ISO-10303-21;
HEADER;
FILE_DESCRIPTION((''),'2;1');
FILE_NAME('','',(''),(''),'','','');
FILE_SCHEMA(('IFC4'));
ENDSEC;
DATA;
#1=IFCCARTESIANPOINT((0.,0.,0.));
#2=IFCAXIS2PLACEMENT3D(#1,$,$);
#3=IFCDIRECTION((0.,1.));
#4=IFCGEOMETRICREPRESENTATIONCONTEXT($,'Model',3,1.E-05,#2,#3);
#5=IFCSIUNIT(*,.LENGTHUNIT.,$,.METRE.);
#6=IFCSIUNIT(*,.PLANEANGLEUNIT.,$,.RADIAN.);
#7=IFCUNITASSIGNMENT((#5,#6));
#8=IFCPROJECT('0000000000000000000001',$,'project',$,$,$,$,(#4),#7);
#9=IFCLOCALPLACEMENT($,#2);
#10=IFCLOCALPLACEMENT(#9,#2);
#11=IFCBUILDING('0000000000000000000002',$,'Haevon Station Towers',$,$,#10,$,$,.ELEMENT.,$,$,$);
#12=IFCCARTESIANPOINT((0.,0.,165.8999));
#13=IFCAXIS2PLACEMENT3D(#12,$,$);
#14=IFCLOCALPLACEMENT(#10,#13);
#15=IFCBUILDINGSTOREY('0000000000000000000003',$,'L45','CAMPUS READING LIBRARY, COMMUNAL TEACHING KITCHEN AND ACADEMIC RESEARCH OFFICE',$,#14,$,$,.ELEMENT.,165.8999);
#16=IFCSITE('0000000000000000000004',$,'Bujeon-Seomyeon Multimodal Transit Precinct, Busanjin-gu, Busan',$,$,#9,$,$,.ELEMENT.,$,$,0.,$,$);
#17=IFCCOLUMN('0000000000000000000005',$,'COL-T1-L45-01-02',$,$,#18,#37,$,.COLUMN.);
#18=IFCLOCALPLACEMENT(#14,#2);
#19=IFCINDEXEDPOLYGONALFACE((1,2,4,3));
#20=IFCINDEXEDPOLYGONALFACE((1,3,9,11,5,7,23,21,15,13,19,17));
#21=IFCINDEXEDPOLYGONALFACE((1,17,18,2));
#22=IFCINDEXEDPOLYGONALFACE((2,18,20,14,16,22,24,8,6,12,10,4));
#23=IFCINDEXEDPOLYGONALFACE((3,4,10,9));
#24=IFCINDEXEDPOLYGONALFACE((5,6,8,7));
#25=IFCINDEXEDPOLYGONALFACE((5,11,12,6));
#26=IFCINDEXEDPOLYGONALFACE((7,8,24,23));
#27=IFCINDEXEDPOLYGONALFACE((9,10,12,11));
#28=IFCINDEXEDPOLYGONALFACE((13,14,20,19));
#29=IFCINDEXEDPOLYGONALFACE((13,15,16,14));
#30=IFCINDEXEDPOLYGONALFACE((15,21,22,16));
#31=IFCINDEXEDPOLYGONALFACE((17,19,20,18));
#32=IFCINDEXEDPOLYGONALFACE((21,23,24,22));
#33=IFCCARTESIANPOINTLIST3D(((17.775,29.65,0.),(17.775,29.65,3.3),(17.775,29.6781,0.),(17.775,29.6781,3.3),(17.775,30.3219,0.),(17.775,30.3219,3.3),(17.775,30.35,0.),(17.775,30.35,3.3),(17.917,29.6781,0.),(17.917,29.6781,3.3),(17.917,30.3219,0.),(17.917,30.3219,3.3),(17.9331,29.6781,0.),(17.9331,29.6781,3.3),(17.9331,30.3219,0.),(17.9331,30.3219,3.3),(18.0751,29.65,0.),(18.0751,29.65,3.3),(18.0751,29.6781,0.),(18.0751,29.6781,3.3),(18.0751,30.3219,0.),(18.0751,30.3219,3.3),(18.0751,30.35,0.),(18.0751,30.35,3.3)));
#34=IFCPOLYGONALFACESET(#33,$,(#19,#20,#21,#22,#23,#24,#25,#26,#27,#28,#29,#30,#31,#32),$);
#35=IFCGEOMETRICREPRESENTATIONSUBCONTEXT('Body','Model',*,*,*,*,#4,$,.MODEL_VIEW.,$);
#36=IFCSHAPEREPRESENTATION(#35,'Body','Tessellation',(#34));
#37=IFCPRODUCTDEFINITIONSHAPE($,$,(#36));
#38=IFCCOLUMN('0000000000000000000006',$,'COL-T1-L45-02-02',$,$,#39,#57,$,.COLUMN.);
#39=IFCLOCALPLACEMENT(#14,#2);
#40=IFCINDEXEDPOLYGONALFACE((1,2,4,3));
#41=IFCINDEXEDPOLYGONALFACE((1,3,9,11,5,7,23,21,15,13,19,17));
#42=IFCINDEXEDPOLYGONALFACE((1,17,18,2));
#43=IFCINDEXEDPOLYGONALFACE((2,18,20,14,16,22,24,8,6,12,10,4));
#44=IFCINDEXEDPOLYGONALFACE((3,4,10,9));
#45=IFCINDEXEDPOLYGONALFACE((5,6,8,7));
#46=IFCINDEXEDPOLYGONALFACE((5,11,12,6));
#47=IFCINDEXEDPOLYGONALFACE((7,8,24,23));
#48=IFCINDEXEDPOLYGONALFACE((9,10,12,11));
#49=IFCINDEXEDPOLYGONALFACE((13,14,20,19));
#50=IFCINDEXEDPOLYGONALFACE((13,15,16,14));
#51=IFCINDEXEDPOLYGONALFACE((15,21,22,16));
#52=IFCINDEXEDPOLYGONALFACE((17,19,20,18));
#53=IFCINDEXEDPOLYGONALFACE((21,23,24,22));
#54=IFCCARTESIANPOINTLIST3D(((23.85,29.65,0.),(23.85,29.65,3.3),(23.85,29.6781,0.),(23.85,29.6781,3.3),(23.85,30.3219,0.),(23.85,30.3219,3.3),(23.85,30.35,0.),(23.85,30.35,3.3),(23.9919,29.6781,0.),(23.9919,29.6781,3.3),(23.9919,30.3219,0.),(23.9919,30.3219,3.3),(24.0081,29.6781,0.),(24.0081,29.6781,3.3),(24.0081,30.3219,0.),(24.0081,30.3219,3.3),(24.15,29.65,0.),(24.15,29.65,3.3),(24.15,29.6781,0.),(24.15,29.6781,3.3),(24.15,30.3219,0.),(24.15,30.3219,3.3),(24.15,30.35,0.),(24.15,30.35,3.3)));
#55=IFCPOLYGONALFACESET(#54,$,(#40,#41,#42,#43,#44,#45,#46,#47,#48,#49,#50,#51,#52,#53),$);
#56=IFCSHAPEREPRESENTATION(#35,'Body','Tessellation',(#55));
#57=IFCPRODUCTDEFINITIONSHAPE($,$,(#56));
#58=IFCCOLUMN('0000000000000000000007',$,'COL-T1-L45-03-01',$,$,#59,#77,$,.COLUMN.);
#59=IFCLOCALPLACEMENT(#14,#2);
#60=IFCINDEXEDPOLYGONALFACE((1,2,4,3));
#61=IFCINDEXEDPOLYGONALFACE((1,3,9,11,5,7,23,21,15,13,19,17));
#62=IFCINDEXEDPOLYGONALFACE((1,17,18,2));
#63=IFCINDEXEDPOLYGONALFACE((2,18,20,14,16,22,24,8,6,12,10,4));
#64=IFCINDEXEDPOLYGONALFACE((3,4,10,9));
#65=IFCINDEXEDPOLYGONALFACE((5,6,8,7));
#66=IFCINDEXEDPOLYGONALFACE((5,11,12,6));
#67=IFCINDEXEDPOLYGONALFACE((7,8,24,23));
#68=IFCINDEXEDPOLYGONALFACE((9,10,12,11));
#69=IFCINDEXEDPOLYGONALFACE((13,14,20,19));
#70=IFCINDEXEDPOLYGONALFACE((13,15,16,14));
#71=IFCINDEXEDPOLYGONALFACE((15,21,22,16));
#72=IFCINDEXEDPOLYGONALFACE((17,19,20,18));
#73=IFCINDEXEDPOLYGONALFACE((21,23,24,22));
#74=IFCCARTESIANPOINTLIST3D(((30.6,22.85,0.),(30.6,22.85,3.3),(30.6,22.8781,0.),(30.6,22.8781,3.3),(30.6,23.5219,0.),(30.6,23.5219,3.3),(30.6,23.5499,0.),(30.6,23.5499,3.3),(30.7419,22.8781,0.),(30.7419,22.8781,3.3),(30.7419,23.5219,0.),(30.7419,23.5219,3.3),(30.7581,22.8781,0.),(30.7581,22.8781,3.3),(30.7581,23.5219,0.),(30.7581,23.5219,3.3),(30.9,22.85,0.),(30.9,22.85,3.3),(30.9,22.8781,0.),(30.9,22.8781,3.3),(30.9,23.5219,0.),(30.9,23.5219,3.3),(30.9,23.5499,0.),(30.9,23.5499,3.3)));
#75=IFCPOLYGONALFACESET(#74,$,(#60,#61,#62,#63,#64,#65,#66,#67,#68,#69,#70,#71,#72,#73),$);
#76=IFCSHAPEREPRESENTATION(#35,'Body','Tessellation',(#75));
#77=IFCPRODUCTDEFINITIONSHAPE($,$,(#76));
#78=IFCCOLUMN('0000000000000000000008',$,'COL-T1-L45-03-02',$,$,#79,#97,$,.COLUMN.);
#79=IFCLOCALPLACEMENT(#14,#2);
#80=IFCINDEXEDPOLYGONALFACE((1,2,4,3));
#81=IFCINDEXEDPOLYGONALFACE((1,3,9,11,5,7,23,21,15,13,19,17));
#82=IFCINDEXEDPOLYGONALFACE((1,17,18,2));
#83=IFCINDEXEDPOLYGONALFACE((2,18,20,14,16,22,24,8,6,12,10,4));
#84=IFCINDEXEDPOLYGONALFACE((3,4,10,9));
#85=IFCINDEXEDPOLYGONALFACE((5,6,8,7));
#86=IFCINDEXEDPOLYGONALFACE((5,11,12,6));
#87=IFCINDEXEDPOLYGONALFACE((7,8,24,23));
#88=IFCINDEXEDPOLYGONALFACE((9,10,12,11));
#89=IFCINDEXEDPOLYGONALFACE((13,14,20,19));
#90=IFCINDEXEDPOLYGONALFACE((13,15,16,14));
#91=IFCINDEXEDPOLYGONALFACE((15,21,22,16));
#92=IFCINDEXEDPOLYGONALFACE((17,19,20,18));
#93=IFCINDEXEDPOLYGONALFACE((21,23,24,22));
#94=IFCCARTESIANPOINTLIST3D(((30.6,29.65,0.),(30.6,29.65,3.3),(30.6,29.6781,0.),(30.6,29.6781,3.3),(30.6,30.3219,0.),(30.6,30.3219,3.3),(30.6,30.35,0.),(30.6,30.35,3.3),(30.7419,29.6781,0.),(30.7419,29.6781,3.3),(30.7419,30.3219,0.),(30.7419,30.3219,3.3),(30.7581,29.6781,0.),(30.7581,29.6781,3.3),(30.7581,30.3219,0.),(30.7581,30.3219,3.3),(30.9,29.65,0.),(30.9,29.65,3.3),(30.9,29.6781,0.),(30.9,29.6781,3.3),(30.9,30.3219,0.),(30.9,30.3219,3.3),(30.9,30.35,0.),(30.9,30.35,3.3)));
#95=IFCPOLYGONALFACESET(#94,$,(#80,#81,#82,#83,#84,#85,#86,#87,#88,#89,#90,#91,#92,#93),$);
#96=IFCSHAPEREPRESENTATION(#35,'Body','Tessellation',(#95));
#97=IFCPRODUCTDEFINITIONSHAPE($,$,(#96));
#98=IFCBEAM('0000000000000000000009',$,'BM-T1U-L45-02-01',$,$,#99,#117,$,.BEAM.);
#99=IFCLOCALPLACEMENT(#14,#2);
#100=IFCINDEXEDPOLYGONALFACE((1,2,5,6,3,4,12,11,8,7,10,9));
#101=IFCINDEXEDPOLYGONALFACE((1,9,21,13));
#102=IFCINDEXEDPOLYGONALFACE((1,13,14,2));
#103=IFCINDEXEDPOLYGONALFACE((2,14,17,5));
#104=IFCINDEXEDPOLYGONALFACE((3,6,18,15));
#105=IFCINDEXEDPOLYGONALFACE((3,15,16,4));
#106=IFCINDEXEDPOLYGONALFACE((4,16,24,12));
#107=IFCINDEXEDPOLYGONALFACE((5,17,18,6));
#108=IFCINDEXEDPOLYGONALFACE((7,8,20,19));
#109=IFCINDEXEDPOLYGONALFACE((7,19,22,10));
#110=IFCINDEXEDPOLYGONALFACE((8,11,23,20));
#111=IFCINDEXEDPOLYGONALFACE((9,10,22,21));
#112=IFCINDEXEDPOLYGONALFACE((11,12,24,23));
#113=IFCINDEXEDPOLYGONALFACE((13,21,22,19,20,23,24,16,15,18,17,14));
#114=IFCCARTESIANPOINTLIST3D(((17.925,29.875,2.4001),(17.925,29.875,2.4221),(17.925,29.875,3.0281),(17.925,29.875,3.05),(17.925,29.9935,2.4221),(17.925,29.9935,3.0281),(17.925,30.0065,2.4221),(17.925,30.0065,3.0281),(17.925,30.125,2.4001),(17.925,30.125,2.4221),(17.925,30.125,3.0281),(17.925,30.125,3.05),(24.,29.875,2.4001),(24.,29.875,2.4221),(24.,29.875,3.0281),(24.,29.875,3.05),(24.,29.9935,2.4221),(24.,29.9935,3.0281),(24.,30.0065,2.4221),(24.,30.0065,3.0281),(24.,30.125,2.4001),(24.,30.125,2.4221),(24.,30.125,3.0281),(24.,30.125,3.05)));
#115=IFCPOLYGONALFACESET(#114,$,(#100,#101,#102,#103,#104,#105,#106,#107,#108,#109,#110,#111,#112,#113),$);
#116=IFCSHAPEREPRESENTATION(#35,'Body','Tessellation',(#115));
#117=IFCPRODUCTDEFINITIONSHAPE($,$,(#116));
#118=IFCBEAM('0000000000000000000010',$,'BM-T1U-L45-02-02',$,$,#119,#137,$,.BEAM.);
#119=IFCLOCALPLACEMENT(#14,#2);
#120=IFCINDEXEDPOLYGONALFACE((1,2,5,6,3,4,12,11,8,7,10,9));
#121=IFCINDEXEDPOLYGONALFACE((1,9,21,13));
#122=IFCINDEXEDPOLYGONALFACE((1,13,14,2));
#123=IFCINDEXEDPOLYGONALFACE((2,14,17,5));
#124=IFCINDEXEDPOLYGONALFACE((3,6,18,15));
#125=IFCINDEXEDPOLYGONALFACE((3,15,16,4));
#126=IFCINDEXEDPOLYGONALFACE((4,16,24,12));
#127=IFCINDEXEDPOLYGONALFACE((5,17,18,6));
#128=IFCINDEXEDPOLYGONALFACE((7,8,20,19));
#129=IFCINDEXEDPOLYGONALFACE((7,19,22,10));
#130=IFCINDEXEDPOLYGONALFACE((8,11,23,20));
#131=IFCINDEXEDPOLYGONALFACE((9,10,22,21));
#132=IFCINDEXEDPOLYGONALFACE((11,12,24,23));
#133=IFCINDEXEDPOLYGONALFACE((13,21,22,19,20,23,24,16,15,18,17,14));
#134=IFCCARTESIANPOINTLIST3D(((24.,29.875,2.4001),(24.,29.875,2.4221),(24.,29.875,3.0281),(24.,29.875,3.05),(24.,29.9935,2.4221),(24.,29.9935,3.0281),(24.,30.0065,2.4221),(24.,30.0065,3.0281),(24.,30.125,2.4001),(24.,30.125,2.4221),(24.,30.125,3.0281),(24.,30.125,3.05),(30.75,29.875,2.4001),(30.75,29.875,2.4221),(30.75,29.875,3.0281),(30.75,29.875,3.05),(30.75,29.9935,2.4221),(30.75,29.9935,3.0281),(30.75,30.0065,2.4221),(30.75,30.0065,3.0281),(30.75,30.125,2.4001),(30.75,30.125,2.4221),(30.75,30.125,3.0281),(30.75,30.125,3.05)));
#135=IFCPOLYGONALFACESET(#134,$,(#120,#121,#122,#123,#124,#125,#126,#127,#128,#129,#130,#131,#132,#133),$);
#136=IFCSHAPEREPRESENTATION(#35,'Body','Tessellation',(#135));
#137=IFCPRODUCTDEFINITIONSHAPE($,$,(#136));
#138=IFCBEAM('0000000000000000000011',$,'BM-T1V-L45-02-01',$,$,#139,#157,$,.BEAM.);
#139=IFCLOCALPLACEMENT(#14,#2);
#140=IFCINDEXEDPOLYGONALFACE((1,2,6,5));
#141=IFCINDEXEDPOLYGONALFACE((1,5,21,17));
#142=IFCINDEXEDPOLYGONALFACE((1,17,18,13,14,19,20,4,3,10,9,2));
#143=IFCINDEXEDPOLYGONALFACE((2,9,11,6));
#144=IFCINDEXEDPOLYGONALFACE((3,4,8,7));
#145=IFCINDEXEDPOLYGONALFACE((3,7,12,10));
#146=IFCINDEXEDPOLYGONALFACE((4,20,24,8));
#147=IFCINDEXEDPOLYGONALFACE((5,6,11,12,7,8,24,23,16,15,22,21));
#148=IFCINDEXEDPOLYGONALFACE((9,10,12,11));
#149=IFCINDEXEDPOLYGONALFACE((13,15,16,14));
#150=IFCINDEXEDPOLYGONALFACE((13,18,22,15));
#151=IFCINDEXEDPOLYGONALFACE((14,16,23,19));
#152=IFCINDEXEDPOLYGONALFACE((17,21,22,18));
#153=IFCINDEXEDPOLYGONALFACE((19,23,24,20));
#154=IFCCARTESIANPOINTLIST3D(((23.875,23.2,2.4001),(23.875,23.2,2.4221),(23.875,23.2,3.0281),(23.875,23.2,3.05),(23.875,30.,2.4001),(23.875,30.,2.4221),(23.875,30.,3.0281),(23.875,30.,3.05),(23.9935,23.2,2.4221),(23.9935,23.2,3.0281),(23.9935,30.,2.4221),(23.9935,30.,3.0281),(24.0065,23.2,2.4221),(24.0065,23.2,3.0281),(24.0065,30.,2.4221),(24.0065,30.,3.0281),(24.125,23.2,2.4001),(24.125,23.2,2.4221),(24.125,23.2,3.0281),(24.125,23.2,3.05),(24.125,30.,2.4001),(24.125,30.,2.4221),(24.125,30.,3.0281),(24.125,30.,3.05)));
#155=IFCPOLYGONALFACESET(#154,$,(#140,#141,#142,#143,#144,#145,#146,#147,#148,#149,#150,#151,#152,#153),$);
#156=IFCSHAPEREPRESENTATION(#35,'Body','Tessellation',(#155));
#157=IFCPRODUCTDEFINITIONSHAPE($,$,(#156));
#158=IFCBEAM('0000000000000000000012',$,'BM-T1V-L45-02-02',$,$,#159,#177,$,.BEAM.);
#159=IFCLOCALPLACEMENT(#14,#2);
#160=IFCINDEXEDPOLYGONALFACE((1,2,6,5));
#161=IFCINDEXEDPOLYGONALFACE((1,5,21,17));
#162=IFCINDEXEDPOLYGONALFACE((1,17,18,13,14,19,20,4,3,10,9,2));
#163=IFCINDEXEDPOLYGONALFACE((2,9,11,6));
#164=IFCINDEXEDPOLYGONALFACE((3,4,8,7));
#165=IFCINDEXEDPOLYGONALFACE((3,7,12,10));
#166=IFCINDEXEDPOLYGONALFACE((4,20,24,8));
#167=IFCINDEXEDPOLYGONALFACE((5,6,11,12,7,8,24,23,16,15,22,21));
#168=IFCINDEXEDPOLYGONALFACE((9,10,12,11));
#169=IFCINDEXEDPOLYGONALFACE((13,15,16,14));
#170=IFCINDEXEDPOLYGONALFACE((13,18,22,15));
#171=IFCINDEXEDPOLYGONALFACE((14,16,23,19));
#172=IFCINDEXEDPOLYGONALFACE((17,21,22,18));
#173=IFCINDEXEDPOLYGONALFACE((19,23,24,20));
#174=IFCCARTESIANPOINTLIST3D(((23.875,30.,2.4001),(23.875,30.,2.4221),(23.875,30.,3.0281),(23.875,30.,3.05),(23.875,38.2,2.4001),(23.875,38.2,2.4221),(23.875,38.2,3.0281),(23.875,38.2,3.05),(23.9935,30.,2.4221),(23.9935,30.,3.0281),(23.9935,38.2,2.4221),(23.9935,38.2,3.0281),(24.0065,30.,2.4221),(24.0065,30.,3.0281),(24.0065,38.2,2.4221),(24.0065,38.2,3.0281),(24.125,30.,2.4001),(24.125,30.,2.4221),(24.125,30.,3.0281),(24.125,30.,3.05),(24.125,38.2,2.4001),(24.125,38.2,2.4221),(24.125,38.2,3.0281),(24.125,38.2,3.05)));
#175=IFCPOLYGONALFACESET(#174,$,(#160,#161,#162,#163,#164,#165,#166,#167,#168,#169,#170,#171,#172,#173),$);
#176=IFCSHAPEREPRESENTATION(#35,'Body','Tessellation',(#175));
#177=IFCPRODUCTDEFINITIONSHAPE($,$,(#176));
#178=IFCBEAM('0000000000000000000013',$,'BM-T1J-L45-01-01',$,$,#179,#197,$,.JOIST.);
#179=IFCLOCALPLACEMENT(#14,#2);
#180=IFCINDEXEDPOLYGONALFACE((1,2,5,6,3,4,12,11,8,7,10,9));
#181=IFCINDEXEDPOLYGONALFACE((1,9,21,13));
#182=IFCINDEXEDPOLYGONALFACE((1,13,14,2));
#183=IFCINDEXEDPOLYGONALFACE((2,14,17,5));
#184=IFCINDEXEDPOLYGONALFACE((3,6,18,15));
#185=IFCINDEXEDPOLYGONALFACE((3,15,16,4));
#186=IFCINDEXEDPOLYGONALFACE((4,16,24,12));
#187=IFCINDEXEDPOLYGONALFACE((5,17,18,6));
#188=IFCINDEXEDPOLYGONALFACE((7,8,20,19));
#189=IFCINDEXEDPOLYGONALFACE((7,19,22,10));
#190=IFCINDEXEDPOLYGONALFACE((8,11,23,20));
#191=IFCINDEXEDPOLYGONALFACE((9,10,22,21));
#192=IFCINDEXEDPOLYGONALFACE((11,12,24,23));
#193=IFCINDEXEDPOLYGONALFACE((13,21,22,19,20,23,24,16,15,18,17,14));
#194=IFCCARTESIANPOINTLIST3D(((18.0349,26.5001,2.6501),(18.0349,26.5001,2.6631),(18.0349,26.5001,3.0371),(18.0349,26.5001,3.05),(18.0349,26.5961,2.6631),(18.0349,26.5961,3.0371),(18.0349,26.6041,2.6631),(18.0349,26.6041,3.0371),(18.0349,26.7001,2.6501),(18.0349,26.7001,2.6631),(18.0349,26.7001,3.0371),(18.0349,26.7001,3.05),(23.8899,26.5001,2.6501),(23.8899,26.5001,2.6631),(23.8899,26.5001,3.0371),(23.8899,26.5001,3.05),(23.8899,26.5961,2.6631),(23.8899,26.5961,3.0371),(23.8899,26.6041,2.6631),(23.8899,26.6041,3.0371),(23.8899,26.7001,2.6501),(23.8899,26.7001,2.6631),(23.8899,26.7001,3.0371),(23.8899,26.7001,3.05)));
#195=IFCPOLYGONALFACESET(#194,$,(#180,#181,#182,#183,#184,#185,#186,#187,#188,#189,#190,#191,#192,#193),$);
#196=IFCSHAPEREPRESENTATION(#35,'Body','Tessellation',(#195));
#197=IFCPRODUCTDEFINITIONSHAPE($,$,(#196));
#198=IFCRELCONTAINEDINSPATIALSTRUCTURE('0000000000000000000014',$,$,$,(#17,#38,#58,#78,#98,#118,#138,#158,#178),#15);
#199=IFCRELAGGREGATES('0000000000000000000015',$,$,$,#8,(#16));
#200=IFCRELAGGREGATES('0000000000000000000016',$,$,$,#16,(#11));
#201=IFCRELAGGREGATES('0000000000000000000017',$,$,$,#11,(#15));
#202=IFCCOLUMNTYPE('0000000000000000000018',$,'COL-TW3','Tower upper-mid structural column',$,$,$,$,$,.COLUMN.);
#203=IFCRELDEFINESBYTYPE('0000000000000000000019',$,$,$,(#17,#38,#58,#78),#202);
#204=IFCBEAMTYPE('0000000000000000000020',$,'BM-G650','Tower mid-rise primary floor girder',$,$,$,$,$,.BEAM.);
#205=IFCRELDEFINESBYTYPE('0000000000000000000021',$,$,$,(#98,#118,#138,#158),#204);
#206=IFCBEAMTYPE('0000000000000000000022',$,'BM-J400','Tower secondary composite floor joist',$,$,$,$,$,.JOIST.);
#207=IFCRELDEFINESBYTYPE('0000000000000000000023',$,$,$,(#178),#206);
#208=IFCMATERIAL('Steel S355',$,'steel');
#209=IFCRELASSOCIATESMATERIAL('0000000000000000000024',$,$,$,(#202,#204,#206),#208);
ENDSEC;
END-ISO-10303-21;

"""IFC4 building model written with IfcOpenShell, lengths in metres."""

from ifc_helpers import new_model, si_unit, direction, frame, origin, origin_2d, place, context, subcontext, project, spatial, i_section, extrude, material, material_profile, profile_set, type_object, element, save


model = new_model("IFC4")

# Units and contexts
model_context = context("Model", 3, precision=1e-05, world=origin(), true_north=direction((0.0, 1.0)))
body_context = subcontext(model_context, "Body", "Model", "MODEL_VIEW")
ifc_project = project(units=[si_unit("LENGTHUNIT", "METRE"), si_unit("PLANEANGLEUNIT", "RADIAN")], contexts=[model_context])

# Site, building, storey
site_placement = place(None, origin())
site = spatial("IfcSite", under=ifc_project, at=site_placement, Name="Bujeon-Seomyeon Multimodal Transit Precinct, Busanjin-gu, Busan", CompositionType="ELEMENT", RefElevation=0.0)
building_placement = place(site_placement, origin())
building = spatial("IfcBuilding", under=site, at=building_placement, Name="Haevon Station Towers", CompositionType="ELEMENT")
storey_placement = place(building_placement, frame((0.0, 0.0, 165.8999)))
storey = spatial("IfcBuildingStorey", under=building, at=storey_placement, Name="L45", Description="CAMPUS READING LIBRARY, COMMUNAL TEACHING KITCHEN AND ACADEMIC RESEARCH OFFICE", CompositionType="ELEMENT", Elevation=165.8999)

# Columns
ifc_material_1 = material(Name="Steel S355", Category="steel")
ifc_material_profile_1 = material_profile(ifc_material_1, i_section(OverallWidth=0.3, OverallDepth=0.7, WebThickness=0.0161, FlangeThickness=0.0281, at=origin_2d()), Name="H-700x300x16x28")
ifc_profile_set_1 = profile_set([ifc_material_profile_1], Name="Steel S355")
column_type = type_object("IfcColumnType", Name="COL-TW3", Description="Tower upper-mid structural column", PredefinedType="COLUMN", material=ifc_profile_set_1)
for number, where, z_axis, x_axis, name in (
    (1, (17.925, 30.0, 0.0), (0.0, 0.0, 1.0), (1.0, 0.0, 0.0), "COL-T1-L45-01-02"),
    (2, (24.0, 30.0, 0.0), (0.0, 0.0, 1.0), (1.0, 0.0, 0.0), "COL-T1-L45-02-02"),
    (3, (30.75, 23.2, 0.0), (0.0, 0.0, 1.0), (1.0, 0.0, 0.0), "COL-T1-L45-03-01"),
    (4, (30.75, 30.0, 0.0), (0.0, 0.0, 1.0), (1.0, 0.0, 0.0), "COL-T1-L45-03-02"),
):
    element("IfcColumn", number, at=place(storey_placement, frame(where, z_axis=z_axis, x_axis=x_axis)), inside=storey, type_object=column_type, Name=name, PredefinedType="COLUMN", context=body_context, shape_type="SweptSolid", body=[
        extrude(i_section(OverallWidth=0.3, OverallDepth=0.7, WebThickness=0.0161, FlangeThickness=0.0281, at=origin_2d()), origin(), (0.0, 0.0, 1.0), 3.3),
    ])

# Beams
ifc_material_profile_2 = material_profile(ifc_material_1, i_section(OverallWidth=0.25, OverallDepth=0.6499, WebThickness=0.0129, FlangeThickness=0.022, at=origin_2d()), Name="H-650x250x13x22")
ifc_profile_set_2 = profile_set([ifc_material_profile_2], Name="Steel S355")
beam_type_1 = type_object("IfcBeamType", Name="BM-G650", Description="Tower mid-rise primary floor girder", PredefinedType="BEAM", material=ifc_profile_set_2)
beam_1_placement = place(storey_placement, frame((17.925, 30.0, 2.7251), z_axis=(1.0, 0.0, 0.0), x_axis=(0.0, 1.0, 0.0)))
element("IfcBeam", 5, at=beam_1_placement, inside=storey, type_object=beam_type_1, Name="BM-T1U-L45-02-01", PredefinedType="BEAM", context=body_context, shape_type="SweptSolid", body=[
    extrude(i_section(OverallWidth=0.25, OverallDepth=0.6499, WebThickness=0.0129, FlangeThickness=0.022, at=origin_2d()), origin(), (0.0, 0.0, 1.0), 6.075),
])
beam_2_placement = place(storey_placement, frame((24.0, 30.0, 2.7251), z_axis=(1.0, 0.0, 0.0), x_axis=(0.0, 1.0, 0.0)))
element("IfcBeam", 6, at=beam_2_placement, inside=storey, type_object=beam_type_1, Name="BM-T1U-L45-02-02", PredefinedType="BEAM", context=body_context, shape_type="SweptSolid", body=[
    extrude(i_section(OverallWidth=0.25, OverallDepth=0.6499, WebThickness=0.0129, FlangeThickness=0.022, at=origin_2d()), origin(), (0.0, 0.0, 1.0), 6.75),
])
beam_3_placement = place(storey_placement, frame((24.0, 23.2, 2.7251), z_axis=(0.0, 1.0, 0.0), x_axis=(-1.0, 0.0, 0.0)))
element("IfcBeam", 7, at=beam_3_placement, inside=storey, type_object=beam_type_1, Name="BM-T1V-L45-02-01", PredefinedType="BEAM", context=body_context, shape_type="SweptSolid", body=[
    extrude(i_section(OverallWidth=0.25, OverallDepth=0.6499, WebThickness=0.0129, FlangeThickness=0.022, at=origin_2d()), origin(), (0.0, 0.0, 1.0), 6.8),
])
beam_4_placement = place(storey_placement, frame((24.0, 30.0, 2.7251), z_axis=(0.0, 1.0, 0.0), x_axis=(-1.0, 0.0, 0.0)))
element("IfcBeam", 8, at=beam_4_placement, inside=storey, type_object=beam_type_1, Name="BM-T1V-L45-02-02", PredefinedType="BEAM", context=body_context, shape_type="SweptSolid", body=[
    extrude(i_section(OverallWidth=0.25, OverallDepth=0.6499, WebThickness=0.0129, FlangeThickness=0.022, at=origin_2d()), origin(), (0.0, 0.0, 1.0), 8.2),
])
ifc_material_profile_3 = material_profile(ifc_material_1, i_section(OverallWidth=0.2, OverallDepth=0.3999, WebThickness=0.0081, FlangeThickness=0.0129, at=origin_2d()), Name="H-400x200x8x13")
ifc_profile_set_3 = profile_set([ifc_material_profile_3], Name="Steel S355")
beam_type_2 = type_object("IfcBeamType", Name="BM-J400", Description="Tower secondary composite floor joist", PredefinedType="JOIST", material=ifc_profile_set_3)
beam_5_placement = place(storey_placement, frame((18.0349, 26.6001, 2.8501), z_axis=(1.0, 0.0, 0.0), x_axis=(0.0, 1.0, 0.0)))
element("IfcBeam", 9, at=beam_5_placement, inside=storey, type_object=beam_type_2, Name="BM-T1J-L45-01-01", PredefinedType="JOIST", context=body_context, shape_type="SweptSolid", body=[
    extrude(i_section(OverallWidth=0.2, OverallDepth=0.3999, WebThickness=0.0081, FlangeThickness=0.0129, at=origin_2d()), origin(), (0.0, 0.0, 1.0), 5.855),
])

save(model, "model.ifc")
